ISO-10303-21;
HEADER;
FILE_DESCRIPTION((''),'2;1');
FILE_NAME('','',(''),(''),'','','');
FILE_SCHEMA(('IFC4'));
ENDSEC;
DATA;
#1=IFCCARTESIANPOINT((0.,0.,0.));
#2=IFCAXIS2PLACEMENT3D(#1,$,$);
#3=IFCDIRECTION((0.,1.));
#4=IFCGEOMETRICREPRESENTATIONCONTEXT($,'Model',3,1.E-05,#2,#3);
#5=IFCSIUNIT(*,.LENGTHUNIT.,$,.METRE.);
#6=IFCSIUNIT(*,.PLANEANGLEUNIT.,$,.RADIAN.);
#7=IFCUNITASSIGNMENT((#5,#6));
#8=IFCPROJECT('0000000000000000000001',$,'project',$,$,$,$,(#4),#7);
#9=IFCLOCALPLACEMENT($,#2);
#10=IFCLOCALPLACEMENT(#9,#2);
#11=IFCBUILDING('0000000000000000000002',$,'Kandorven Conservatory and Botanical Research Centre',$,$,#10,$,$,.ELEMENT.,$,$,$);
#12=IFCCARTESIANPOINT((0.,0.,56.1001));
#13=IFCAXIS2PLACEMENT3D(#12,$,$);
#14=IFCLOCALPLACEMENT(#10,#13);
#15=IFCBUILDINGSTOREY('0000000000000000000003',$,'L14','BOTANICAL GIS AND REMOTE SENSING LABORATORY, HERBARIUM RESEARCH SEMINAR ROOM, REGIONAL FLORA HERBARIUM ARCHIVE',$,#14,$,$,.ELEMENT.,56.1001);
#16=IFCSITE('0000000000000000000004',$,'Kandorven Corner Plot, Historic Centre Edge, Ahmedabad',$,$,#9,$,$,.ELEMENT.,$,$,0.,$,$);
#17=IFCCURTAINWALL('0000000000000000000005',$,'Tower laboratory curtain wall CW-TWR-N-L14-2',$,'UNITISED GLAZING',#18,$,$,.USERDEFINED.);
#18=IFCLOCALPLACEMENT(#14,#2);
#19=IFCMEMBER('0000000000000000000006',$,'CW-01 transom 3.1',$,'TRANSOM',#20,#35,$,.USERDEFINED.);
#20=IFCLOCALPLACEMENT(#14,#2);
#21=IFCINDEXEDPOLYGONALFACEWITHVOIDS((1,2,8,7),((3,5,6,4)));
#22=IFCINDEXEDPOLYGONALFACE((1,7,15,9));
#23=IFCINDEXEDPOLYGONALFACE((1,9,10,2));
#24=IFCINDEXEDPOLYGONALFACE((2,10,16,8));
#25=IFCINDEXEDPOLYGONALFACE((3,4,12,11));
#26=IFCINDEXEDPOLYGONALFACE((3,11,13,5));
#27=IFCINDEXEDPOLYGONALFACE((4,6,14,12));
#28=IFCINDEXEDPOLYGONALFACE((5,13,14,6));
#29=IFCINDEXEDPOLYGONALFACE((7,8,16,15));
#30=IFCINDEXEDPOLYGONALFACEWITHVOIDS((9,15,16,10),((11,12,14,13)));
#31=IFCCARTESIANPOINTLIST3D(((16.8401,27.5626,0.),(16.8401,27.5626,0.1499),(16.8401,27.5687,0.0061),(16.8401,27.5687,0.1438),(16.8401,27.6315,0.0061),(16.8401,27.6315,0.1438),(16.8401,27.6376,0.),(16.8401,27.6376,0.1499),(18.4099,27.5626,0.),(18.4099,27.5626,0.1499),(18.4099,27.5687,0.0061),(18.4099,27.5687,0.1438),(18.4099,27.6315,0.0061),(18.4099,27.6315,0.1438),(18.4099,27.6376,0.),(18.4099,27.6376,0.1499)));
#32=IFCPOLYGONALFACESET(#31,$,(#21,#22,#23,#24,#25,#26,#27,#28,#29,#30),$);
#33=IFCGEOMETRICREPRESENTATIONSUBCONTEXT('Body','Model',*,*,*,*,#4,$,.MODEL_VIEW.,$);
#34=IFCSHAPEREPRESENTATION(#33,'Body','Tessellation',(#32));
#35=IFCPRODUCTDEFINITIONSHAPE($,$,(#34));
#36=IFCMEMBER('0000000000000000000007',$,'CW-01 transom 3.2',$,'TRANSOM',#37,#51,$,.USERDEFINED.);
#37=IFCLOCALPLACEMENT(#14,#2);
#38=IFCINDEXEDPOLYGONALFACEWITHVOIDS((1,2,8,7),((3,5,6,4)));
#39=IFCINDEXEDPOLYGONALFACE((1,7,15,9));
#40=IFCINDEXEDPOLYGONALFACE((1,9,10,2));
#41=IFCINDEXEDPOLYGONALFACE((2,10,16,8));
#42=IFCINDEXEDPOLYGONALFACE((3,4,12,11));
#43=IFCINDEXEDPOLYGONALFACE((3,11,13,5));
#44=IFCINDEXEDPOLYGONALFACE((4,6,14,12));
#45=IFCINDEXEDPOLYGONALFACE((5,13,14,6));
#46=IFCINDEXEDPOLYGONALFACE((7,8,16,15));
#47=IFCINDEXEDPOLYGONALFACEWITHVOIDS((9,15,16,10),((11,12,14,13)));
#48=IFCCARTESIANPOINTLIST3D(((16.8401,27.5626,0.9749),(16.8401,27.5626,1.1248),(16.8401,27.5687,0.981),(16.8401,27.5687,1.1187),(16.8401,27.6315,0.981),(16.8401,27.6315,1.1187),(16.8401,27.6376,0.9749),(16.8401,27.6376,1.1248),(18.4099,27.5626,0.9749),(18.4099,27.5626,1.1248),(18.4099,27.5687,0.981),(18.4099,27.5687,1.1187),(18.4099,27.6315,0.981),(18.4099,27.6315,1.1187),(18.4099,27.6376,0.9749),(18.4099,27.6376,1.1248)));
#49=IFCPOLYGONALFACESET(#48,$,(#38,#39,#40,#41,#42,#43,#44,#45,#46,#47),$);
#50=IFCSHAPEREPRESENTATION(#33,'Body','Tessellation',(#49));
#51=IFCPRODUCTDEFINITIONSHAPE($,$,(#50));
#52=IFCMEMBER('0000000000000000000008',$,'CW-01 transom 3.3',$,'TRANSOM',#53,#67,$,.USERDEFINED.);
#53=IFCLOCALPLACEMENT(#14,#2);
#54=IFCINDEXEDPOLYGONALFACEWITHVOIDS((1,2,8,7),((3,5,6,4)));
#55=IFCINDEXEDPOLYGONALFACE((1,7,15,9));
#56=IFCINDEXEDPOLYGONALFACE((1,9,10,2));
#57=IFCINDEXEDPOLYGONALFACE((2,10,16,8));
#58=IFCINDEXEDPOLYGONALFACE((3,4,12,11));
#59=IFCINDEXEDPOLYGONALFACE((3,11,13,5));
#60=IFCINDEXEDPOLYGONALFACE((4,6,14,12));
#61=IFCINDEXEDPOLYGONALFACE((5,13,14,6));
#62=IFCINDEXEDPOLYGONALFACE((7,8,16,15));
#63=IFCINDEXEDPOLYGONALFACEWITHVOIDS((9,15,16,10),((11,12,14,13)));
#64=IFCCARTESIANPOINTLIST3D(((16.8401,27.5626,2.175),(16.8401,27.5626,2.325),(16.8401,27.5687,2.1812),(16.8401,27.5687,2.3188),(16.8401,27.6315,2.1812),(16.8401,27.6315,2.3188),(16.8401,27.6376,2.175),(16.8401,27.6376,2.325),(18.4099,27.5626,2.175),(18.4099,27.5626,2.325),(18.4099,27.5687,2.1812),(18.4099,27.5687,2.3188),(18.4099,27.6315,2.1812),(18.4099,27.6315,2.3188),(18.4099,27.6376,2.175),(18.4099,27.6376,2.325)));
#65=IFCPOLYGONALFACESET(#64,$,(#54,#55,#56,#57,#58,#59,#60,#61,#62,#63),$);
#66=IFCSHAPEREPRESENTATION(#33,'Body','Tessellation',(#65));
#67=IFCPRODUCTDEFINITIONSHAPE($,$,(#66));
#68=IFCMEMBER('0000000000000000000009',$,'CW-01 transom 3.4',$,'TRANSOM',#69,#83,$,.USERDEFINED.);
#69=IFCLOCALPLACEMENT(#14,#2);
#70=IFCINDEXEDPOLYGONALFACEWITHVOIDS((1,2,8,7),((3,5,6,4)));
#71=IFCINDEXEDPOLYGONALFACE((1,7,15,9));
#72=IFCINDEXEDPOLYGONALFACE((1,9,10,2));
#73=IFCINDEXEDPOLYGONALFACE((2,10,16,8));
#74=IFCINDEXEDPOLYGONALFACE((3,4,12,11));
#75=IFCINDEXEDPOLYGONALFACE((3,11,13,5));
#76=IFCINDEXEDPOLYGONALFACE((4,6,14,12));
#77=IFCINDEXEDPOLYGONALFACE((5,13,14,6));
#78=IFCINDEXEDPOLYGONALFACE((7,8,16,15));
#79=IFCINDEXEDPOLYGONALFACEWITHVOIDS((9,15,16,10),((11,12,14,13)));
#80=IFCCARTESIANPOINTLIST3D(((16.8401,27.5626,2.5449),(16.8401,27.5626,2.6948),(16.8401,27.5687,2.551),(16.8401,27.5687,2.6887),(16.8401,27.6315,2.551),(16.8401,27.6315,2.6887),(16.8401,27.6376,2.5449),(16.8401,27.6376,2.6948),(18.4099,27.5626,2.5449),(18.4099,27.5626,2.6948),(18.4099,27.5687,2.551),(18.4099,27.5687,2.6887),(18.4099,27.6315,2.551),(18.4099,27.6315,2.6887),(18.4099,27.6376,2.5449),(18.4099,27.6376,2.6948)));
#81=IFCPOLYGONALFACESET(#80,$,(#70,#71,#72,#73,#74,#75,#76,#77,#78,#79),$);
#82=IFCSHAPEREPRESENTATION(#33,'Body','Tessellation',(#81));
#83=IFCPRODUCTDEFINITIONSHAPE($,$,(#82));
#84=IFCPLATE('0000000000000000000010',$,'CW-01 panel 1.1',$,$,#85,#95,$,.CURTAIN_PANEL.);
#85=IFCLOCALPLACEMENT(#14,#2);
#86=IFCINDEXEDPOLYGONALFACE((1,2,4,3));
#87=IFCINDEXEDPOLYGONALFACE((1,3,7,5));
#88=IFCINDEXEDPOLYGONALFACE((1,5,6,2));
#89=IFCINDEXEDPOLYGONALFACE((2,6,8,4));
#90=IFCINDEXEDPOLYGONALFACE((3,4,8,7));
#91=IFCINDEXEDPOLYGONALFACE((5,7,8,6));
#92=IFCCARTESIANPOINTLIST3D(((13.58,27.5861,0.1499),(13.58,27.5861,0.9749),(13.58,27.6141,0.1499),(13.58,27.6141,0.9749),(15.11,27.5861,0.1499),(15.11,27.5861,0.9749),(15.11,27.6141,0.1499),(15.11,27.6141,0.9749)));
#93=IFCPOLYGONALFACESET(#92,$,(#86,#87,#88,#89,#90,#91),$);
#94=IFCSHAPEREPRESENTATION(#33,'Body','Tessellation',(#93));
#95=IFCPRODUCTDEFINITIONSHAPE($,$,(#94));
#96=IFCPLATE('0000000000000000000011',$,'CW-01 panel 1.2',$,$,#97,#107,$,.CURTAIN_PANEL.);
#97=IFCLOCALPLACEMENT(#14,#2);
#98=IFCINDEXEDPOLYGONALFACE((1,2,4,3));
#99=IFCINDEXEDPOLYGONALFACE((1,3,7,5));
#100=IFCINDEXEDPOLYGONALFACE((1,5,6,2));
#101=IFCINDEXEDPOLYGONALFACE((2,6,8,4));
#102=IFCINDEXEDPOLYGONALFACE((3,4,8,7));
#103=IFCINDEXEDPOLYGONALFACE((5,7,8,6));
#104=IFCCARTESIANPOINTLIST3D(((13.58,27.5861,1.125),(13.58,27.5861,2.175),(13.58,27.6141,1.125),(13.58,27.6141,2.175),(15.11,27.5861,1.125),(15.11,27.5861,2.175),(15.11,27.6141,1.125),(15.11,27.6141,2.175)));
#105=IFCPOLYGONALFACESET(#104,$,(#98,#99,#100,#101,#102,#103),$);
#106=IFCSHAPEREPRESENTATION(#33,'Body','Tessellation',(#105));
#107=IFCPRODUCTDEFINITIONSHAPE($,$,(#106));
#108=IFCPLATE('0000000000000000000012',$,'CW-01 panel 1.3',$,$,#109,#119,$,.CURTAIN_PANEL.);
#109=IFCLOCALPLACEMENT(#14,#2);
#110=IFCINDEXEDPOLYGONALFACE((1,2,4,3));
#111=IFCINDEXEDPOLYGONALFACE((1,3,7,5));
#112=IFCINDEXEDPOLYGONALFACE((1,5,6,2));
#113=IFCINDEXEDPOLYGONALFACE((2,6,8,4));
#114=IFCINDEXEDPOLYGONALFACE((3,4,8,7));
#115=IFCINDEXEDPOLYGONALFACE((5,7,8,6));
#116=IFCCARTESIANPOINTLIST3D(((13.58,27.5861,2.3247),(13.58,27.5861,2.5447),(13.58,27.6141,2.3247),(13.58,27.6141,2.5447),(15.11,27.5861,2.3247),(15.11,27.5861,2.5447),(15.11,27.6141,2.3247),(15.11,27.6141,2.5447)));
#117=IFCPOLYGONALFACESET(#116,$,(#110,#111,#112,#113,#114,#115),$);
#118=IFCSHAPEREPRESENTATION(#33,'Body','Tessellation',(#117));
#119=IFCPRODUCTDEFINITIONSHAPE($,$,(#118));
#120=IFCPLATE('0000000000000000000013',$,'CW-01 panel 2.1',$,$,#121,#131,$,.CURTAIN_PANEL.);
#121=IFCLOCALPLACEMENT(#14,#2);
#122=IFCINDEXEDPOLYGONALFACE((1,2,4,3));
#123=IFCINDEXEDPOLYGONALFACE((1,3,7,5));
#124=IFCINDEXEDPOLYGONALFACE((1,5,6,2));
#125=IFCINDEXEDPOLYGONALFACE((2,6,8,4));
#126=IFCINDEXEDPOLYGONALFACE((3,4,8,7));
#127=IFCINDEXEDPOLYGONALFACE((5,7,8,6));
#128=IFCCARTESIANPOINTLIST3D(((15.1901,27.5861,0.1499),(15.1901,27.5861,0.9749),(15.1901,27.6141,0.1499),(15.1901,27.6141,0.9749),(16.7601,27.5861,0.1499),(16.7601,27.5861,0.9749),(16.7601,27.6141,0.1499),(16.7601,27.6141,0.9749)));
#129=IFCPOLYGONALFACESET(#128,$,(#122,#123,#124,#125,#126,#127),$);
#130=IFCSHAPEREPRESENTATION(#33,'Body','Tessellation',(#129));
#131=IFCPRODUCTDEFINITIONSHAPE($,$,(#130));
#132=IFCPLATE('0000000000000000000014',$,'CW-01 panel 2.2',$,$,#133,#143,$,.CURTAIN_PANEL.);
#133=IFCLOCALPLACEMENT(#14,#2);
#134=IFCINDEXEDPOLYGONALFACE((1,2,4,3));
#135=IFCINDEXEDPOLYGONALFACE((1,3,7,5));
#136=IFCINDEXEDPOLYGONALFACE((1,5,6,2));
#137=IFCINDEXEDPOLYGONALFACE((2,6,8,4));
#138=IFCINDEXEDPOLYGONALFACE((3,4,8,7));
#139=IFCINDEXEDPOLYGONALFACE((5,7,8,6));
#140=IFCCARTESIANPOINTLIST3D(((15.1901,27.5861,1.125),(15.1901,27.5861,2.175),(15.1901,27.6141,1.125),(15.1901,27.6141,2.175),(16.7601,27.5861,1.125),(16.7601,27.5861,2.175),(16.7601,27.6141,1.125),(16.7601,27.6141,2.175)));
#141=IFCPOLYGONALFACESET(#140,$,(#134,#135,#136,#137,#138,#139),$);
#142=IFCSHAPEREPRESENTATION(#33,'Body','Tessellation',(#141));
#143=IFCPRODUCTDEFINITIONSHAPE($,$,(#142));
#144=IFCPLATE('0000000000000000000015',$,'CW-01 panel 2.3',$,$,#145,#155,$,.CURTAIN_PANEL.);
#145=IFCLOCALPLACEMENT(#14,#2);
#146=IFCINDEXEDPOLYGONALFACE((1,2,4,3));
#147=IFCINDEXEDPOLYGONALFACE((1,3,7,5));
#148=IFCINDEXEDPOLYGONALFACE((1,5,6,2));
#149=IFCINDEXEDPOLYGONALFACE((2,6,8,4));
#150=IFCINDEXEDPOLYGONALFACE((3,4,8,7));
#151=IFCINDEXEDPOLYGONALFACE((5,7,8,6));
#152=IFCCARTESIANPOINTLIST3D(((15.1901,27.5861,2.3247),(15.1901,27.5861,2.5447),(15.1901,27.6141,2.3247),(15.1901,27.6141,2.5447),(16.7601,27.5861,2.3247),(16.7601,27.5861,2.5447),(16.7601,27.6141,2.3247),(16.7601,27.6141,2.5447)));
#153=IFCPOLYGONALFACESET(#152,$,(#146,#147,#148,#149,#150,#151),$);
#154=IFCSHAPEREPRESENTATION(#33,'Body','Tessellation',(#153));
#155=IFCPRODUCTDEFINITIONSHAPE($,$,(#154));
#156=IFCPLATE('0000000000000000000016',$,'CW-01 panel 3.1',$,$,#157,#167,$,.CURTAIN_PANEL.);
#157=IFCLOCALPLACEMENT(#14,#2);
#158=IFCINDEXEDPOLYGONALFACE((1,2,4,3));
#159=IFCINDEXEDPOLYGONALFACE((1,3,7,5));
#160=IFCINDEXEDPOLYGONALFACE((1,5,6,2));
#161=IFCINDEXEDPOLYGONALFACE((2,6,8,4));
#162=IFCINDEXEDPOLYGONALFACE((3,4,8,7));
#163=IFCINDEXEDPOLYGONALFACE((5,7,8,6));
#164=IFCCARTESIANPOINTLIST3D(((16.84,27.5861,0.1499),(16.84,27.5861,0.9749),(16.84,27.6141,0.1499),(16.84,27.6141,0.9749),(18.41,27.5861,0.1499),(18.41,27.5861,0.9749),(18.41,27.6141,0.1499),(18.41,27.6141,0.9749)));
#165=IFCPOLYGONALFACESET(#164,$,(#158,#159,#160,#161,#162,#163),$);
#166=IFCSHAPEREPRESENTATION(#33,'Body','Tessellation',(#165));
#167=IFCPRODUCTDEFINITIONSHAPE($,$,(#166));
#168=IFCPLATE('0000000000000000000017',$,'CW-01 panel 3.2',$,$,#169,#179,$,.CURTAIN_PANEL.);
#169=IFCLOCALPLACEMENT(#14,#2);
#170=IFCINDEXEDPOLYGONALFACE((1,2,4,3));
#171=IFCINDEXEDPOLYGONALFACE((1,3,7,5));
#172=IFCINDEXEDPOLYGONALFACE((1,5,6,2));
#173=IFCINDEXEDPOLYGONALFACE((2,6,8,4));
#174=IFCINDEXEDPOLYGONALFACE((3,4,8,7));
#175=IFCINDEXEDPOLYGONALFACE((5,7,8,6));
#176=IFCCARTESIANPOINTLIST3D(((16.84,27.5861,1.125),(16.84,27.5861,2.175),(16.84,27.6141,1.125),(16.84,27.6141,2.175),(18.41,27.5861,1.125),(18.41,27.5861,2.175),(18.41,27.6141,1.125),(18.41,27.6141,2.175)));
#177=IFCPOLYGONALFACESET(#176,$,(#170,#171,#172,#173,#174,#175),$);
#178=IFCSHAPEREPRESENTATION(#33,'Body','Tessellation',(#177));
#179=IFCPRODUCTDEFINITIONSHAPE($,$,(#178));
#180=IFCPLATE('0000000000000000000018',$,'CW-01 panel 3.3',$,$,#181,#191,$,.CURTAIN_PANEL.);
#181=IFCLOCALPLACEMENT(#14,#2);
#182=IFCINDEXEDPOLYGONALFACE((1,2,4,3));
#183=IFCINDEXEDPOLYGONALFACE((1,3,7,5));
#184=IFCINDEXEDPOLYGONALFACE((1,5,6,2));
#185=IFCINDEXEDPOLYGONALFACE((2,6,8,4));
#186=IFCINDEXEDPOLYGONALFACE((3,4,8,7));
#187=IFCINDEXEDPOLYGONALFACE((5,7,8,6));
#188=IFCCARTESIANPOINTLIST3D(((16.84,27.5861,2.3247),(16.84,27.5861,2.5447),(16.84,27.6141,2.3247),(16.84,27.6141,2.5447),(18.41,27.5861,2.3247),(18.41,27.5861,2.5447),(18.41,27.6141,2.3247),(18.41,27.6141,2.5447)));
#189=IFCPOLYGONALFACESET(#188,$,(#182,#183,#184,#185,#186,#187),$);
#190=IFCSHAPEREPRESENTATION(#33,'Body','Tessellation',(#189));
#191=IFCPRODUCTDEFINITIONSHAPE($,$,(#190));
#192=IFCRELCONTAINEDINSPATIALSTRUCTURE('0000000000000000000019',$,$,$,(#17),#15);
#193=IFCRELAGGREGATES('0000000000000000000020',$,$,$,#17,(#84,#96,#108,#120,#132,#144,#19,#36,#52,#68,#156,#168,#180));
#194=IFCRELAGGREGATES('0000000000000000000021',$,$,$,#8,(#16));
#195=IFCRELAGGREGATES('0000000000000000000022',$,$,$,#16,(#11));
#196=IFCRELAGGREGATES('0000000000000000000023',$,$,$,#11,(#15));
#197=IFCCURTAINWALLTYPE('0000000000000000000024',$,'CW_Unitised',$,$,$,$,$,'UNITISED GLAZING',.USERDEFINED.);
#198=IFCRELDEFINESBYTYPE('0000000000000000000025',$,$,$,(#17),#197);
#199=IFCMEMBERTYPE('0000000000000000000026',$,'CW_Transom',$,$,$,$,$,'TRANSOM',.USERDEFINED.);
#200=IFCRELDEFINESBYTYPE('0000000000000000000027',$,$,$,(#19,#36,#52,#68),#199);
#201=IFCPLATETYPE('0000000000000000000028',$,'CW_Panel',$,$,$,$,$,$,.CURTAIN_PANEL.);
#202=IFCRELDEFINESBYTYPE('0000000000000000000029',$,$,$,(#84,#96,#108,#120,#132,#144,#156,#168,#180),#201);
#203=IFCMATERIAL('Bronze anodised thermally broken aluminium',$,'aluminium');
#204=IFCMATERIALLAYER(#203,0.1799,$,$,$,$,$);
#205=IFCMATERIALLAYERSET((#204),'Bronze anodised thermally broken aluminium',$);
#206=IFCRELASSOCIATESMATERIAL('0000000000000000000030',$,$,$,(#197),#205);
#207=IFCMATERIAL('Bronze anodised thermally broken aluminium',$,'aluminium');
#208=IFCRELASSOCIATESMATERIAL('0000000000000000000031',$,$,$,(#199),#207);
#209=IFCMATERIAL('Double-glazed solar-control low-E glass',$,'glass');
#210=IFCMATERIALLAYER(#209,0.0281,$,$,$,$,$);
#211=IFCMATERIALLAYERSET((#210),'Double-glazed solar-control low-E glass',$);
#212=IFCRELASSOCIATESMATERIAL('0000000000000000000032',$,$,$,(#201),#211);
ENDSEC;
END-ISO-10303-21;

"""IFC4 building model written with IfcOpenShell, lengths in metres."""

from ifc_helpers import new_model, si_unit, direction, frame, origin, origin_2d, place, context, subcontext, project, spatial, rectangle, hollow_rectangle, extrude, material, layer, layer_set, material_profile, profile_set, type_object, element, aggregate, save


model = new_model("IFC4")

# Units and contexts
model_context = context("Model", 3, precision=1e-05, world=origin(), true_north=direction((0.0, 1.0)))
body_context = subcontext(model_context, "Body", "Model", "MODEL_VIEW")
ifc_project = project(units=[si_unit("LENGTHUNIT", "METRE"), si_unit("PLANEANGLEUNIT", "RADIAN")], contexts=[model_context])

# Site, building, storey
site_placement = place(None, origin())
site = spatial("IfcSite", under=ifc_project, at=site_placement, Name="Kandorven Corner Plot, Historic Centre Edge, Ahmedabad", CompositionType="ELEMENT", RefElevation=0.0)
building_placement = place(site_placement, origin())
building = spatial("IfcBuilding", under=site, at=building_placement, Name="Kandorven Conservatory and Botanical Research Centre", CompositionType="ELEMENT")
storey_placement = place(building_placement, frame((0.0, 0.0, 56.1001)))
storey = spatial("IfcBuildingStorey", under=building, at=storey_placement, Name="L14", Description="BOTANICAL GIS AND REMOTE SENSING LABORATORY, HERBARIUM RESEARCH SEMINAR ROOM, REGIONAL FLORA HERBARIUM ARCHIVE", CompositionType="ELEMENT", Elevation=56.1001)

# Curtain wall, members, plates
ifc_material_1 = material(Name="Bronze anodised thermally broken aluminium", Category="aluminium")
ifc_layer_1 = layer(ifc_material_1, 0.1799)
ifc_layer_set_1 = layer_set([ifc_layer_1], Name="Bronze anodised thermally broken aluminium")
curtain_wall_type = type_object("IfcCurtainWallType", Name="CW_Unitised", ElementType="UNITISED GLAZING", PredefinedType="USERDEFINED", material=ifc_layer_set_1)
curtain_wall_placement = place(storey_placement, origin())
curtain_wall = element("IfcCurtainWall", 1, at=curtain_wall_placement, inside=storey, type_object=curtain_wall_type, Name="Tower laboratory curtain wall CW-TWR-N-L14-2", ObjectType="UNITISED GLAZING", PredefinedType="USERDEFINED")
ifc_material_2 = material(Name="Bronze anodised thermally broken aluminium", Category="aluminium")
ifc_material_profile_1 = material_profile(ifc_material_2, hollow_rectangle(XDim=0.075, YDim=0.1499, WallThickness=0.0061, at=origin_2d()))
ifc_profile_set_1 = profile_set([ifc_material_profile_1], Name="Bronze anodised thermally broken aluminium")
member_type_1 = type_object("IfcMemberType", Name="CW_Transom", ElementType="TRANSOM", PredefinedType="USERDEFINED", material=ifc_profile_set_1)
member_1_placement = place(storey_placement, frame((16.8401, 27.6001, 0.075), z_axis=(1.0, 0.0, 0.0), x_axis=(0.0, 1.0, 0.0)))
member_1 = element("IfcMember", 2, at=member_1_placement, type_object=member_type_1, Name="CW-01 transom 3.1", ObjectType="TRANSOM", PredefinedType="USERDEFINED", context=body_context, shape_type="SweptSolid", body=[
    extrude(hollow_rectangle(XDim=0.075, YDim=0.1499, WallThickness=0.0061, at=origin_2d()), origin(), (0.0, 0.0, 1.0), 1.5698),
])
member_2_placement = place(storey_placement, frame((16.8401, 27.6001, 1.0498), z_axis=(1.0, 0.0, 0.0), x_axis=(0.0, 1.0, 0.0)))
member_2 = element("IfcMember", 3, at=member_2_placement, type_object=member_type_1, Name="CW-01 transom 3.2", ObjectType="TRANSOM", PredefinedType="USERDEFINED", context=body_context, shape_type="SweptSolid", body=[
    extrude(hollow_rectangle(XDim=0.075, YDim=0.1499, WallThickness=0.0061, at=origin_2d()), origin(), (0.0, 0.0, 1.0), 1.5698),
])
member_3_placement = place(storey_placement, frame((16.8401, 27.6001, 2.25), z_axis=(1.0, 0.0, 0.0), x_axis=(0.0, 1.0, 0.0)))
member_3 = element("IfcMember", 4, at=member_3_placement, type_object=member_type_1, Name="CW-01 transom 3.3", ObjectType="TRANSOM", PredefinedType="USERDEFINED", context=body_context, shape_type="SweptSolid", body=[
    extrude(hollow_rectangle(XDim=0.075, YDim=0.1499, WallThickness=0.0061, at=origin_2d()), origin(), (0.0, 0.0, 1.0), 1.5698),
])
member_4_placement = place(storey_placement, frame((16.8401, 27.6001, 2.6199), z_axis=(1.0, 0.0, 0.0), x_axis=(0.0, 1.0, 0.0)))
member_4 = element("IfcMember", 5, at=member_4_placement, type_object=member_type_1, Name="CW-01 transom 3.4", ObjectType="TRANSOM", PredefinedType="USERDEFINED", context=body_context, shape_type="SweptSolid", body=[
    extrude(hollow_rectangle(XDim=0.075, YDim=0.1499, WallThickness=0.0061, at=origin_2d()), origin(), (0.0, 0.0, 1.0), 1.5698),
])
ifc_material_3 = material(Name="Double-glazed solar-control low-E glass", Category="glass")
ifc_layer_2 = layer(ifc_material_3, 0.0281)
ifc_layer_set_2 = layer_set([ifc_layer_2], Name="Double-glazed solar-control low-E glass")
plate_type = type_object("IfcPlateType", Name="CW_Panel", PredefinedType="CURTAIN_PANEL", material=ifc_layer_set_2)
plate_1_placement = place(storey_placement, frame((14.345, 27.6001, 0.1499), z_axis=(0.0, 0.0, 1.0), x_axis=(1.0, 0.0, 0.0)))
plate_1 = element("IfcPlate", 6, at=plate_1_placement, type_object=plate_type, Name="CW-01 panel 1.1", PredefinedType="CURTAIN_PANEL", context=body_context, shape_type="SweptSolid", body=[
    extrude(rectangle(XDim=1.53, YDim=0.0281, at=origin_2d()), origin(), (0.0, 0.0, 1.0), 0.825),
])
plate_2_placement = place(storey_placement, frame((14.345, 27.6001, 1.125), z_axis=(0.0, 0.0, 1.0), x_axis=(1.0, 0.0, 0.0)))
plate_2 = element("IfcPlate", 7, at=plate_2_placement, type_object=plate_type, Name="CW-01 panel 1.2", PredefinedType="CURTAIN_PANEL", context=body_context, shape_type="SweptSolid", body=[
    extrude(rectangle(XDim=1.53, YDim=0.0281, at=origin_2d()), origin(), (0.0, 0.0, 1.0), 1.05),
])
plate_3_placement = place(storey_placement, frame((14.345, 27.6001, 2.3247), z_axis=(0.0, 0.0, 1.0), x_axis=(1.0, 0.0, 0.0)))
plate_3 = element("IfcPlate", 8, at=plate_3_placement, type_object=plate_type, Name="CW-01 panel 1.3", PredefinedType="CURTAIN_PANEL", context=body_context, shape_type="SweptSolid", body=[
    extrude(rectangle(XDim=1.53, YDim=0.0281, at=origin_2d()), origin(), (0.0, 0.0, 1.0), 0.22),
])
plate_4_placement = place(storey_placement, frame((15.9751, 27.6001, 0.1499), z_axis=(0.0, 0.0, 1.0), x_axis=(1.0, 0.0, 0.0)))
plate_4 = element("IfcPlate", 9, at=plate_4_placement, type_object=plate_type, Name="CW-01 panel 2.1", PredefinedType="CURTAIN_PANEL", context=body_context, shape_type="SweptSolid", body=[
    extrude(rectangle(XDim=1.5701, YDim=0.0281, at=origin_2d()), origin(), (0.0, 0.0, 1.0), 0.825),
])
plate_5_placement = place(storey_placement, frame((15.9751, 27.6001, 1.125), z_axis=(0.0, 0.0, 1.0), x_axis=(1.0, 0.0, 0.0)))
plate_5 = element("IfcPlate", 10, at=plate_5_placement, type_object=plate_type, Name="CW-01 panel 2.2", PredefinedType="CURTAIN_PANEL", context=body_context, shape_type="SweptSolid", body=[
    extrude(rectangle(XDim=1.5701, YDim=0.0281, at=origin_2d()), origin(), (0.0, 0.0, 1.0), 1.05),
])
plate_6_placement = place(storey_placement, frame((15.9751, 27.6001, 2.3247), z_axis=(0.0, 0.0, 1.0), x_axis=(1.0, 0.0, 0.0)))
plate_6 = element("IfcPlate", 11, at=plate_6_placement, type_object=plate_type, Name="CW-01 panel 2.3", PredefinedType="CURTAIN_PANEL", context=body_context, shape_type="SweptSolid", body=[
    extrude(rectangle(XDim=1.5701, YDim=0.0281, at=origin_2d()), origin(), (0.0, 0.0, 1.0), 0.22),
])
plate_7_placement = place(storey_placement, frame((17.625, 27.6001, 0.1499), z_axis=(0.0, 0.0, 1.0), x_axis=(1.0, 0.0, 0.0)))
plate_7 = element("IfcPlate", 12, at=plate_7_placement, type_object=plate_type, Name="CW-01 panel 3.1", PredefinedType="CURTAIN_PANEL", context=body_context, shape_type="SweptSolid", body=[
    extrude(rectangle(XDim=1.5701, YDim=0.0281, at=origin_2d()), origin(), (0.0, 0.0, 1.0), 0.825),
])
plate_8_placement = place(storey_placement, frame((17.625, 27.6001, 1.125), z_axis=(0.0, 0.0, 1.0), x_axis=(1.0, 0.0, 0.0)))
plate_8 = element("IfcPlate", 13, at=plate_8_placement, type_object=plate_type, Name="CW-01 panel 3.2", PredefinedType="CURTAIN_PANEL", context=body_context, shape_type="SweptSolid", body=[
    extrude(rectangle(XDim=1.5701, YDim=0.0281, at=origin_2d()), origin(), (0.0, 0.0, 1.0), 1.05),
])
plate_9_placement = place(storey_placement, frame((17.625, 27.6001, 2.3247), z_axis=(0.0, 0.0, 1.0), x_axis=(1.0, 0.0, 0.0)))
plate_9 = element("IfcPlate", 14, at=plate_9_placement, type_object=plate_type, Name="CW-01 panel 3.3", PredefinedType="CURTAIN_PANEL", context=body_context, shape_type="SweptSolid", body=[
    extrude(rectangle(XDim=1.5701, YDim=0.0281, at=origin_2d()), origin(), (0.0, 0.0, 1.0), 0.22),
])
aggregate(curtain_wall, [plate_1, plate_2, plate_3, plate_4, plate_5, plate_6, member_1, member_2, member_3, member_4, plate_7, plate_8, plate_9])

save(model, "model.ifc")
